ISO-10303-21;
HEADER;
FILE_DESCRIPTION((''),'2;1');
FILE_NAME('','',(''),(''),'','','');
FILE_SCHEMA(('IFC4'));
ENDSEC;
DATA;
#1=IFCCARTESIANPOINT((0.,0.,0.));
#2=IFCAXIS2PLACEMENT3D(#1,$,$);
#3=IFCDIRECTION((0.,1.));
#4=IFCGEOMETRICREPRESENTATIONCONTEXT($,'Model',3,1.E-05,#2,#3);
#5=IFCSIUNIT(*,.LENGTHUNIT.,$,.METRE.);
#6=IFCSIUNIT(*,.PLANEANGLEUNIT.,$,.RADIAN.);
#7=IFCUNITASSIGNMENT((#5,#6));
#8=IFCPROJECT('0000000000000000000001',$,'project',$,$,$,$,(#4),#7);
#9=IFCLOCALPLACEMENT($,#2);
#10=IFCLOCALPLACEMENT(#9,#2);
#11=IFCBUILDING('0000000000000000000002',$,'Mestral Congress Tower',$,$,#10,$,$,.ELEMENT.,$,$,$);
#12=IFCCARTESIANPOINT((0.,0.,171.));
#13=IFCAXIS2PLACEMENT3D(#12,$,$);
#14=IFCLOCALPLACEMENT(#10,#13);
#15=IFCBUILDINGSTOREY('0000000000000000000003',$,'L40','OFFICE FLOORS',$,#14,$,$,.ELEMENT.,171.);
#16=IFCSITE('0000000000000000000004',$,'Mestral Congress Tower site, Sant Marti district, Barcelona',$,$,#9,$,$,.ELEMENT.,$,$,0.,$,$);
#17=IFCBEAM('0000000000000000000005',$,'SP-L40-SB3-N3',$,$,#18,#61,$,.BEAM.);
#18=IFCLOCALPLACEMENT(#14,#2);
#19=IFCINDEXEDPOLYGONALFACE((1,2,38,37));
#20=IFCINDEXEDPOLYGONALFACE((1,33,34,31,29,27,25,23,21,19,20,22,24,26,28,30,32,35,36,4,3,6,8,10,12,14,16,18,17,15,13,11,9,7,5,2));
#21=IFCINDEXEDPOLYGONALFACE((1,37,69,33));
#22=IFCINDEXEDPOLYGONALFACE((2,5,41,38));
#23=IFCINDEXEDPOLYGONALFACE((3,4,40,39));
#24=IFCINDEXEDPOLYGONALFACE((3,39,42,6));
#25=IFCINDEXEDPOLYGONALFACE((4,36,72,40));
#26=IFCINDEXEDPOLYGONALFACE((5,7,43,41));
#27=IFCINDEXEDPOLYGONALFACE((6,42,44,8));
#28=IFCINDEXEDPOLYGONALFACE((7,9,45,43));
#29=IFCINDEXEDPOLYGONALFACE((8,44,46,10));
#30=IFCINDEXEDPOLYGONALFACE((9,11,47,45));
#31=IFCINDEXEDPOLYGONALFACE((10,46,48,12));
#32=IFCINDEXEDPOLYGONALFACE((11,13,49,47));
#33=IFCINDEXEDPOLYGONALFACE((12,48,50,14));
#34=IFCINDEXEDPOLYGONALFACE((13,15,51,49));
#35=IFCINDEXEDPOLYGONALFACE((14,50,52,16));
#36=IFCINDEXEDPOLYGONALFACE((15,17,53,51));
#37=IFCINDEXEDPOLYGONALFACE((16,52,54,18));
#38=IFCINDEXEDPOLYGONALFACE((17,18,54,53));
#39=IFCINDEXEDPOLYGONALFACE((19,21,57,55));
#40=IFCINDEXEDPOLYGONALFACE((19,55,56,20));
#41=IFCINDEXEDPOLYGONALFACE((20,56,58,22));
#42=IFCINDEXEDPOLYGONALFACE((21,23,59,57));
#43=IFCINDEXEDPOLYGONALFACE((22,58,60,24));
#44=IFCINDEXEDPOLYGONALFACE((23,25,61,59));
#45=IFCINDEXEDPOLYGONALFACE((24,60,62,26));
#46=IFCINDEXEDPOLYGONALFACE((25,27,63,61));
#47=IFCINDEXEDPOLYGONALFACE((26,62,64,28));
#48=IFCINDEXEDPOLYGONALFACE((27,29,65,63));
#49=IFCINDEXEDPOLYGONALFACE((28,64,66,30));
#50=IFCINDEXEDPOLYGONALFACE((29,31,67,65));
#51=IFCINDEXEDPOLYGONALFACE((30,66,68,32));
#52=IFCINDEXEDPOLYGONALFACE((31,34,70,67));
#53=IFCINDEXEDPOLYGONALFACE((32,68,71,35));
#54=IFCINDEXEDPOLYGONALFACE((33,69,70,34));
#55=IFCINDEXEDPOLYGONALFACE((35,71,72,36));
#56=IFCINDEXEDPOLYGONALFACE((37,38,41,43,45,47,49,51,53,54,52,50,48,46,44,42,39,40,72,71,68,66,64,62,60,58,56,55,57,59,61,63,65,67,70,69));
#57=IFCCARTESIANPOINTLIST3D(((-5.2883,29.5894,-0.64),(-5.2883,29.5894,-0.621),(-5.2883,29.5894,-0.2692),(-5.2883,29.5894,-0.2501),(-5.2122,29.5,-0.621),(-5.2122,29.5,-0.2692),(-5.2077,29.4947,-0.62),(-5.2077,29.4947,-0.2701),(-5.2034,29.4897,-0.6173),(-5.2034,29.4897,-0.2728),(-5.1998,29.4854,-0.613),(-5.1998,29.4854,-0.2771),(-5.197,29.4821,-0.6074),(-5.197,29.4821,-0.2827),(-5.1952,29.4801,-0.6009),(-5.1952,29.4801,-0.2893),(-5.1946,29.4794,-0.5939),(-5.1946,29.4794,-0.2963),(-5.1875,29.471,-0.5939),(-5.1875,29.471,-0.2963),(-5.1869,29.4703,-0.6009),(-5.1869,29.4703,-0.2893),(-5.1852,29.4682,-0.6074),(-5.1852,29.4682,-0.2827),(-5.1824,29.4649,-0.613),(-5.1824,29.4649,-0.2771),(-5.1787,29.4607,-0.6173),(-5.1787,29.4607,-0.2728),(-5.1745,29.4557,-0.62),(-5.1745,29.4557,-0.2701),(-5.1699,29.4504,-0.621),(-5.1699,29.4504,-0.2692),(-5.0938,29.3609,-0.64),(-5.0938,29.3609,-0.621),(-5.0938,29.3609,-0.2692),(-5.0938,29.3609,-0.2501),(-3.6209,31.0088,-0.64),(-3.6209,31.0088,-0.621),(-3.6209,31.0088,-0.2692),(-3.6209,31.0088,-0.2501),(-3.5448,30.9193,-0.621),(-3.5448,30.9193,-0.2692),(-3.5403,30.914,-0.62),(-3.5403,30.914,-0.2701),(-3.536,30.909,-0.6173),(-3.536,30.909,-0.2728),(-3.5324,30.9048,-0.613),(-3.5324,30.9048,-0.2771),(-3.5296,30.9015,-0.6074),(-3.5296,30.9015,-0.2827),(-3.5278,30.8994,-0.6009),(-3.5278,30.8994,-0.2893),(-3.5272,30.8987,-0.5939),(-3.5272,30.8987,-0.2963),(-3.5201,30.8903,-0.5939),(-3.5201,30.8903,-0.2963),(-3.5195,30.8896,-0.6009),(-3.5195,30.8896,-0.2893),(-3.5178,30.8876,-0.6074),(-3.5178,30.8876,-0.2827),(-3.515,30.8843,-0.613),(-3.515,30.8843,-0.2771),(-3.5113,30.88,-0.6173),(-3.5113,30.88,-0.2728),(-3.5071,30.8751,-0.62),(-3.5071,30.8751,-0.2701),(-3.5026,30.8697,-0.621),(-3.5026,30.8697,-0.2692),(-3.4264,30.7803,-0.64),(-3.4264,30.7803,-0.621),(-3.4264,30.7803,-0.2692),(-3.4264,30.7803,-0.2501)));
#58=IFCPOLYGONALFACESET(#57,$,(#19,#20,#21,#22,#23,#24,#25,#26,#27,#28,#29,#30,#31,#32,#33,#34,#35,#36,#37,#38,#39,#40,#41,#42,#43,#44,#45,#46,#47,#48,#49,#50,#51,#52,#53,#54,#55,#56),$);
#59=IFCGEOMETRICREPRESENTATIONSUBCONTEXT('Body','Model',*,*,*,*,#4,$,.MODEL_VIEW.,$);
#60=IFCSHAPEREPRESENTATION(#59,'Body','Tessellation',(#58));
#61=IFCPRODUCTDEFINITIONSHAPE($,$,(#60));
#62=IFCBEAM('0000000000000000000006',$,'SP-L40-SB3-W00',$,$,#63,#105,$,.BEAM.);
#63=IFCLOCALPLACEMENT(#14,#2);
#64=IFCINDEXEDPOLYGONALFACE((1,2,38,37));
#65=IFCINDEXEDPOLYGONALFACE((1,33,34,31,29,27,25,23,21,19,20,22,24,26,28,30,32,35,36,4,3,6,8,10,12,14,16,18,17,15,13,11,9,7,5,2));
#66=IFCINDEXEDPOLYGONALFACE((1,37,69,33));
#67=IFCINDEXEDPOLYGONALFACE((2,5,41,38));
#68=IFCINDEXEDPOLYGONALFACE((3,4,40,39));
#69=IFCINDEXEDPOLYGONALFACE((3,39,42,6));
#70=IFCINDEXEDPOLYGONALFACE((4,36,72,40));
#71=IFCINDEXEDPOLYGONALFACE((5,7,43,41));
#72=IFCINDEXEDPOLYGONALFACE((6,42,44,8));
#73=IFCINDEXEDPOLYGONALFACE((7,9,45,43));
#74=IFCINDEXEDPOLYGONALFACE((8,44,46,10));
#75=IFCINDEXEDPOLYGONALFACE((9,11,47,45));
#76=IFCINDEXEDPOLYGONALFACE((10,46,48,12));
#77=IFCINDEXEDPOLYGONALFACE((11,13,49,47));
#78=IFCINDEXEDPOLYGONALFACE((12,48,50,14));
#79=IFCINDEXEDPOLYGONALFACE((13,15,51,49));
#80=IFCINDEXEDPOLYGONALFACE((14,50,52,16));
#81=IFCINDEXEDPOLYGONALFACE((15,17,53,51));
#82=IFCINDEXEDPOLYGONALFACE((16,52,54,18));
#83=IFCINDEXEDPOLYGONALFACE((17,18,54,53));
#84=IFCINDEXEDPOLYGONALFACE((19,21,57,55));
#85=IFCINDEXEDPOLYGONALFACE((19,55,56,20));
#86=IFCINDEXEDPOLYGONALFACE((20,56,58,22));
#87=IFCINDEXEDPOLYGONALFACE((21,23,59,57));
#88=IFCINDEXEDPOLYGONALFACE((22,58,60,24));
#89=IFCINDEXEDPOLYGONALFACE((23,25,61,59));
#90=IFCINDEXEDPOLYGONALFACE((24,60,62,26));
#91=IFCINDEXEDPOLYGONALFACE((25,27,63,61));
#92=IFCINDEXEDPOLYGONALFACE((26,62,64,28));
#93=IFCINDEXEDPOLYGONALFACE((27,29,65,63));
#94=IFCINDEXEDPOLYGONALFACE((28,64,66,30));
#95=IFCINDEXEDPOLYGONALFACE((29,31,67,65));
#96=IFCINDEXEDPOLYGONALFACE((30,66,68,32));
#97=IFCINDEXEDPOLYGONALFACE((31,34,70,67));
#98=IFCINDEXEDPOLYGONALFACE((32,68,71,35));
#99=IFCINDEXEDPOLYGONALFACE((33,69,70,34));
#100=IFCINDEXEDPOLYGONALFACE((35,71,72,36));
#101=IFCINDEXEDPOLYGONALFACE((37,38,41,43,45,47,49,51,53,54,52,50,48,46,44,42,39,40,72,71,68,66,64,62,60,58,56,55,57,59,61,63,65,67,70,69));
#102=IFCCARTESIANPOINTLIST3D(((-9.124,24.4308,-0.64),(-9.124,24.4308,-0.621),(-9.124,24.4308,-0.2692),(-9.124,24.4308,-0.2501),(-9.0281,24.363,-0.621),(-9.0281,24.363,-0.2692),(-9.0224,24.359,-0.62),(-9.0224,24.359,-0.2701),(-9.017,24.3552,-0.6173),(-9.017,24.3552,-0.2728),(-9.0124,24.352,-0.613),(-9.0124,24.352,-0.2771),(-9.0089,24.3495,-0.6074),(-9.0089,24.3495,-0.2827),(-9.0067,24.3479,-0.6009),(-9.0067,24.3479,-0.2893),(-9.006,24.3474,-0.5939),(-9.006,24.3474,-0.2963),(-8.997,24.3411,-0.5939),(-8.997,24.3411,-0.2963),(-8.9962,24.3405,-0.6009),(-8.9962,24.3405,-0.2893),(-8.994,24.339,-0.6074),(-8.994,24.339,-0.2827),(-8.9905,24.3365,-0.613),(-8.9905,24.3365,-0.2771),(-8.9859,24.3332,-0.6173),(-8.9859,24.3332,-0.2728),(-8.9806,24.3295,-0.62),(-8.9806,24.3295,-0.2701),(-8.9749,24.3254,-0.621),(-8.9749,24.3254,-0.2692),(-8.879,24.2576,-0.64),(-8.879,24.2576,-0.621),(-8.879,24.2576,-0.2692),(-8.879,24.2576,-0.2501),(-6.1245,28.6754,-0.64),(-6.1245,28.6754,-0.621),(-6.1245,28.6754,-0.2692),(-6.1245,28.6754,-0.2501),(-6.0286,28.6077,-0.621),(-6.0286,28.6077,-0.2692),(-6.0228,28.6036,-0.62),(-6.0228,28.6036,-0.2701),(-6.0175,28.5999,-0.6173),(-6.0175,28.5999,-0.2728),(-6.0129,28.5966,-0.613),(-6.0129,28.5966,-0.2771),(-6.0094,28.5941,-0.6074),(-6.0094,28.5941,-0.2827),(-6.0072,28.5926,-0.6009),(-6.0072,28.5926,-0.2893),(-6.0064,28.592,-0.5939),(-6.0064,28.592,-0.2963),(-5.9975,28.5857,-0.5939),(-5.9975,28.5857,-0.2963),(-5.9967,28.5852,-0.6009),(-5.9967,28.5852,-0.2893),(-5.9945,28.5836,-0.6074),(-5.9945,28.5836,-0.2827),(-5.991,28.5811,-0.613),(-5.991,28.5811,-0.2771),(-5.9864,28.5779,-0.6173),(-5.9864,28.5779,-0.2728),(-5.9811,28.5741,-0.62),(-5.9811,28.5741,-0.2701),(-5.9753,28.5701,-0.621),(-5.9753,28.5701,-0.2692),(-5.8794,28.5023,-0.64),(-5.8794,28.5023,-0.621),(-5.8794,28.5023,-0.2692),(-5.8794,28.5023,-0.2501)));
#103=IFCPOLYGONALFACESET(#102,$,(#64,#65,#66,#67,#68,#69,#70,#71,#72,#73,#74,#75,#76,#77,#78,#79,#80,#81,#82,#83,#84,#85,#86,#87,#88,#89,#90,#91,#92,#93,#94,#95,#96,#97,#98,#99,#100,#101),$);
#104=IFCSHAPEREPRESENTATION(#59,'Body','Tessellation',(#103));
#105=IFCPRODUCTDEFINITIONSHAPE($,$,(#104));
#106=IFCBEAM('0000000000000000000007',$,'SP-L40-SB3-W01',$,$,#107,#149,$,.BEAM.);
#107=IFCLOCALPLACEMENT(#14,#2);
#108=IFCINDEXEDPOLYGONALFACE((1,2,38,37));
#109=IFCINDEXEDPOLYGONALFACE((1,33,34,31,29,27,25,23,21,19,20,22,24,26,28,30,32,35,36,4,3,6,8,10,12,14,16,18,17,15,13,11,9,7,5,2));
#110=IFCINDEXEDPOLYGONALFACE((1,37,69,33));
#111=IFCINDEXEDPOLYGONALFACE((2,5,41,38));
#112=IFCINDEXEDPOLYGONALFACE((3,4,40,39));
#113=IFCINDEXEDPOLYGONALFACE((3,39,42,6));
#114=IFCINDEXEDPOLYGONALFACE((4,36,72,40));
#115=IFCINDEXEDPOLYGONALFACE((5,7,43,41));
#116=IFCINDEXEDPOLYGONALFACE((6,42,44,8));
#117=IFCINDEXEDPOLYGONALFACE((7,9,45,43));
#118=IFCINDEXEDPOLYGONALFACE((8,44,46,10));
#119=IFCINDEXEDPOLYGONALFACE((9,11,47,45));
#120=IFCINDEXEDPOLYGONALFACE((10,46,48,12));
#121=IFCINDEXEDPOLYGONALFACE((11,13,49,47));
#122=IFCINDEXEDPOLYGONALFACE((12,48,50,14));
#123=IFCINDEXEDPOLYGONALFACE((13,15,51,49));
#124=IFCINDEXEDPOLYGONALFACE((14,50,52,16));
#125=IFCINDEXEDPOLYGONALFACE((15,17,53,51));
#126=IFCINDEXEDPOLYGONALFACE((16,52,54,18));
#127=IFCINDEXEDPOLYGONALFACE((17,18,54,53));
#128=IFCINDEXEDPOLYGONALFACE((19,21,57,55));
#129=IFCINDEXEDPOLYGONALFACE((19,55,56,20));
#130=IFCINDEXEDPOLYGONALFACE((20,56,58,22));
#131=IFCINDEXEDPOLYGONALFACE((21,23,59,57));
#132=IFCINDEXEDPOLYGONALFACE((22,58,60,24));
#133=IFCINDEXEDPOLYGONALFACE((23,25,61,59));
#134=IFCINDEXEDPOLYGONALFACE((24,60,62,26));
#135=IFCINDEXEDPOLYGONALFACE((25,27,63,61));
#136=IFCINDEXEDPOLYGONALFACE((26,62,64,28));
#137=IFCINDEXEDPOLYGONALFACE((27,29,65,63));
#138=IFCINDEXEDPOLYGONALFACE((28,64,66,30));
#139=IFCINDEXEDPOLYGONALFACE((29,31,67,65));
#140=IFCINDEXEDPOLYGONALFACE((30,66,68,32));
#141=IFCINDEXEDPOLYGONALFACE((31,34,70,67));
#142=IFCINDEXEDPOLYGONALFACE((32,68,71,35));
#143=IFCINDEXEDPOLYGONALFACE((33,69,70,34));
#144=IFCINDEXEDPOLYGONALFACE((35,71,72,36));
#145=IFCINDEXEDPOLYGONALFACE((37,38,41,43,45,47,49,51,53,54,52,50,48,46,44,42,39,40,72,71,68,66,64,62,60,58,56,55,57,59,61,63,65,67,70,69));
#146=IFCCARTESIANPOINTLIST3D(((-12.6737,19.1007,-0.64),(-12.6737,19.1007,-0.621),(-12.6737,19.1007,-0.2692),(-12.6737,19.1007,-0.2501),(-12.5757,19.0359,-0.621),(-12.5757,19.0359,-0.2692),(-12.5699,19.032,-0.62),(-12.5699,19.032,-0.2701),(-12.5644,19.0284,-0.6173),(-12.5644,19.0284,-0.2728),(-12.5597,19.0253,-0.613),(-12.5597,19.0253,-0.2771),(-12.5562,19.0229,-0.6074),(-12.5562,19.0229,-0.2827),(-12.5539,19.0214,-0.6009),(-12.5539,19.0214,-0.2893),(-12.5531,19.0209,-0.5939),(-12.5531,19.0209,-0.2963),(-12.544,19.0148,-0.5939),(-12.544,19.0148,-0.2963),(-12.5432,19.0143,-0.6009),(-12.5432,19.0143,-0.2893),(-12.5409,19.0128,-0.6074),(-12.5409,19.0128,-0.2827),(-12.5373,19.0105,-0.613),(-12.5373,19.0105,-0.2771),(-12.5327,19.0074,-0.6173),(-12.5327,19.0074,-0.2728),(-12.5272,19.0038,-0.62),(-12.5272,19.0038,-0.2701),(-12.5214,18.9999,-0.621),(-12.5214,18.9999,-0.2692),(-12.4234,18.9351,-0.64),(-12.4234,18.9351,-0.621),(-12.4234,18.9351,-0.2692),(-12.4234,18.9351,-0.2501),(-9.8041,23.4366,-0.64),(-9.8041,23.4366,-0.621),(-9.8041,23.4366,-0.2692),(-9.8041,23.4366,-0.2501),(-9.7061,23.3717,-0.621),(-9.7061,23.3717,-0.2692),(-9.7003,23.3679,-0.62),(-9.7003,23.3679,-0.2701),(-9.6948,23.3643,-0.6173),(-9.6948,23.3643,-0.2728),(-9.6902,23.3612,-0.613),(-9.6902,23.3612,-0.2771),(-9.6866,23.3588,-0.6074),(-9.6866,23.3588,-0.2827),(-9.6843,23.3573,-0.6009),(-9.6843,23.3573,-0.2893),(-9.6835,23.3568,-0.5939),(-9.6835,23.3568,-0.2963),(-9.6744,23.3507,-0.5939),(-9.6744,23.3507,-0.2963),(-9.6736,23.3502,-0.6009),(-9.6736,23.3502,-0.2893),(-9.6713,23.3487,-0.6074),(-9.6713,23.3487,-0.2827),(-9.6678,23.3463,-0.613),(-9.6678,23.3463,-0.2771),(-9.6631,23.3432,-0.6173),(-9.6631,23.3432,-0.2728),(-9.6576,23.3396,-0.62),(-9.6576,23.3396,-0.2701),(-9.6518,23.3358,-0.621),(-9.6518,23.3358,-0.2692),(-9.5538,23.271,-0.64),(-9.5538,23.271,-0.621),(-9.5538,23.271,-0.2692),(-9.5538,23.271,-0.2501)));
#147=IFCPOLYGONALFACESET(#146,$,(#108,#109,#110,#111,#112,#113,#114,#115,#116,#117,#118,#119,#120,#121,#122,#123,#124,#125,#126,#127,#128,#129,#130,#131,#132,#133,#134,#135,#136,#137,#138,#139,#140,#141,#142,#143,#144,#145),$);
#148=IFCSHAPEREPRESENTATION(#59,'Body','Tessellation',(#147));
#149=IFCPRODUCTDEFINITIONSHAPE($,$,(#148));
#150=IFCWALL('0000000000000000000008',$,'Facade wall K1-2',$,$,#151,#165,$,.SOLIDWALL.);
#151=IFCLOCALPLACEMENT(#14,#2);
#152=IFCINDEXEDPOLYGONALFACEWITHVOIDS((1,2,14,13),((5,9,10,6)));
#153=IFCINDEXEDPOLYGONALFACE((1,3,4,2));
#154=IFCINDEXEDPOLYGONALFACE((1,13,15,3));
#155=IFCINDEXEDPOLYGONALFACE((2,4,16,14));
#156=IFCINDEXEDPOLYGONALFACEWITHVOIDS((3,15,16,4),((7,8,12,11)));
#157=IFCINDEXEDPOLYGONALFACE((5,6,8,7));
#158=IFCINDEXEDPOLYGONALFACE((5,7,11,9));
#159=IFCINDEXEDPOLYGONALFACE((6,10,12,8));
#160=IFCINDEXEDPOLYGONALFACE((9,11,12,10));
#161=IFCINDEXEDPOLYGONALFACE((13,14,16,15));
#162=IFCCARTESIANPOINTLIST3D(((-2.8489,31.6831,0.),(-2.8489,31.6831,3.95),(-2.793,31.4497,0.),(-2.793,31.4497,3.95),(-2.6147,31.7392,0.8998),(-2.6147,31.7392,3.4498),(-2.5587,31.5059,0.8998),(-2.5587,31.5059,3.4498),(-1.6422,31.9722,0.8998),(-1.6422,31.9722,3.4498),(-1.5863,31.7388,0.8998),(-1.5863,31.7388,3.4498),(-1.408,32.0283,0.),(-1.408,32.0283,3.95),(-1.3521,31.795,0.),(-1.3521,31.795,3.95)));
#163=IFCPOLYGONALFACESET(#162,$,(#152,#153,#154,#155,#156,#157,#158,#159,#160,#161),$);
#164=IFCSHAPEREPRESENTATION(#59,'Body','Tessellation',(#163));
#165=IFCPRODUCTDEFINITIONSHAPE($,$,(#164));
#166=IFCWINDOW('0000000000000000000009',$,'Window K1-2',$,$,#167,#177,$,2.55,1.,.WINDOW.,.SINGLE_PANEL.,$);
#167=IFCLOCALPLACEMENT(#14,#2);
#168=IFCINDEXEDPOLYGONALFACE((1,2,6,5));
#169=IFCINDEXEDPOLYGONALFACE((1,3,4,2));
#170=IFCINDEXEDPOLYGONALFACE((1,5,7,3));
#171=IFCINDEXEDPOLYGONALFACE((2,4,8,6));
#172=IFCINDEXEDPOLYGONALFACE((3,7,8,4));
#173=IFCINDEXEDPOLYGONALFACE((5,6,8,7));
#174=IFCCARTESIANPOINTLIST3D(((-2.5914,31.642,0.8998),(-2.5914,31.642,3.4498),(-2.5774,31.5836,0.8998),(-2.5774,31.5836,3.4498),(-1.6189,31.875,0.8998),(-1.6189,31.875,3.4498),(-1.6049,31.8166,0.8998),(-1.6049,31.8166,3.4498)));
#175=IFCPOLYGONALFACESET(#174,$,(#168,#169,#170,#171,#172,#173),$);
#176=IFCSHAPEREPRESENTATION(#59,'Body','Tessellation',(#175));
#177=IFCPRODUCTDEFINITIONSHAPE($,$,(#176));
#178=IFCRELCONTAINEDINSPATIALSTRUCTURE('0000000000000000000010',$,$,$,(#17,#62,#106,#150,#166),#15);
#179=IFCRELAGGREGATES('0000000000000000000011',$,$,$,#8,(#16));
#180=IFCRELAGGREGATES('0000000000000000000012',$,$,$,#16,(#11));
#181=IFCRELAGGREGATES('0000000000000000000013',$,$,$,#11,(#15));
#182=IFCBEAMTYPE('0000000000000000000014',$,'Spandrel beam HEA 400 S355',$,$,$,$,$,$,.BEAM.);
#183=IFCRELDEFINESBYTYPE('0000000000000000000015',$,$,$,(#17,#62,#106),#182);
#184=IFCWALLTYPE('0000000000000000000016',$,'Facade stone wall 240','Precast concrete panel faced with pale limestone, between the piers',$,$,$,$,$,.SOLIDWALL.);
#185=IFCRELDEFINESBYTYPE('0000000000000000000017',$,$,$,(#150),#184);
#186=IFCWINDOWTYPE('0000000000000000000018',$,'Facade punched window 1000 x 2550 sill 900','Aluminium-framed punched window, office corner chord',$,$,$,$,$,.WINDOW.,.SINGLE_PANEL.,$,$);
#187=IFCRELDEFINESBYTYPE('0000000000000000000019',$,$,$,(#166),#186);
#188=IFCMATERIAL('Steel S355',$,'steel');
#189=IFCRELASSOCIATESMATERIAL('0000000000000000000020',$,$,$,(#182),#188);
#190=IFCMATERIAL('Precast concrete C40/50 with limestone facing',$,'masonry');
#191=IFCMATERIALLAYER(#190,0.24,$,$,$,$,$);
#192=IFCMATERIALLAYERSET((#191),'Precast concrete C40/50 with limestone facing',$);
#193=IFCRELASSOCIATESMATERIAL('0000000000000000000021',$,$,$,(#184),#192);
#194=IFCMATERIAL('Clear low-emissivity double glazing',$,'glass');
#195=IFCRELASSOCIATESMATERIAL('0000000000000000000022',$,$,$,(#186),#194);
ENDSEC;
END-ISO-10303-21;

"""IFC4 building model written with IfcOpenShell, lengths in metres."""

from ifc_helpers import new_model, si_unit, direction, frame, frame_2d, origin, origin_2d, place, context, subcontext, project, spatial, rectangle, i_section, extrude, material, layer, layer_set, material_profile, profile_set, type_object, element, fill, save


model = new_model("IFC4")

# Units and contexts
model_context = context("Model", 3, precision=1e-05, world=origin(), true_north=direction((0.0, 1.0)))
body_context = subcontext(model_context, "Body", "Model", "MODEL_VIEW")
ifc_project = project(units=[si_unit("LENGTHUNIT", "METRE"), si_unit("PLANEANGLEUNIT", "RADIAN")], contexts=[model_context])

# Site, building, storey
site_placement = place(None, origin())
site = spatial("IfcSite", under=ifc_project, at=site_placement, Name="Mestral Congress Tower site, Sant Marti district, Barcelona", CompositionType="ELEMENT", RefElevation=0.0)
building_placement = place(site_placement, origin())
building = spatial("IfcBuilding", under=site, at=building_placement, Name="Mestral Congress Tower", CompositionType="ELEMENT")
storey_placement = place(building_placement, frame((0.0, 0.0, 171.0)))
storey = spatial("IfcBuildingStorey", under=building, at=storey_placement, Name="L40", Description="OFFICE FLOORS", CompositionType="ELEMENT", Elevation=171.0)

# Beams
ifc_material_1 = material(Name="Steel S355", Category="steel")
ifc_material_profile_1 = material_profile(ifc_material_1, i_section(OverallWidth=0.3, OverallDepth=0.3899, WebThickness=0.011, FlangeThickness=0.019, FilletRadius=0.0271, at=origin_2d()), Name="HEA 400")
ifc_profile_set_1 = profile_set([ifc_material_profile_1], Name="Steel S355")
beam_type_1 = type_object("IfcBeamType", Name="Spandrel beam HEA 400 S355", PredefinedType="BEAM", material=ifc_profile_set_1)
beam_1_placement = place(storey_placement, frame((-3.5237, 30.8945, -0.4451), z_axis=(-0.761471, -0.648198, 0.0), x_axis=(0.648198, -0.761471, 0.0)))
element("IfcBeam", 1, at=beam_1_placement, inside=storey, type_object=beam_type_1, Name="SP-L40-SB3-N3", PredefinedType="BEAM", context=body_context, shape_type="SweptSolid", body=[
    extrude(i_section(OverallWidth=0.3, OverallDepth=0.3899, WebThickness=0.011, FlangeThickness=0.019, FilletRadius=0.0271, at=origin_2d()), origin(), (0.0, 0.0, 1.0), 2.1897),
])
beam_2_placement = place(storey_placement, frame((-6.002, 28.5889, -0.4451), z_axis=(-0.577107, -0.816668, 0.0), x_axis=(0.816668, -0.577107, 0.0)))
element("IfcBeam", 2, at=beam_2_placement, inside=storey, type_object=beam_type_1, Name="SP-L40-SB3-W00", PredefinedType="BEAM", context=body_context, shape_type="SweptSolid", body=[
    extrude(i_section(OverallWidth=0.3, OverallDepth=0.3899, WebThickness=0.011, FlangeThickness=0.019, FilletRadius=0.0271, at=origin_2d()), origin(), (0.0, 0.0, 1.0), 5.1975),
])
beam_3_placement = place(storey_placement, frame((-9.679, 23.3538, -0.4451), z_axis=(-0.551901, -0.833909, 0.0), x_axis=(0.833909, -0.551901, 0.0)))
element("IfcBeam", 3, at=beam_3_placement, inside=storey, type_object=beam_type_1, Name="SP-L40-SB3-W01", PredefinedType="BEAM", context=body_context, shape_type="SweptSolid", body=[
    extrude(i_section(OverallWidth=0.3, OverallDepth=0.3899, WebThickness=0.011, FlangeThickness=0.019, FilletRadius=0.0271, at=origin_2d()), origin(), (0.0, 0.0, 1.0), 5.1995),
])

# Wall, opening, window
ifc_material_2 = material(Name="Precast concrete C40/50 with limestone facing", Category="masonry")
ifc_layer_1 = layer(ifc_material_2, 0.24)
ifc_layer_set_1 = layer_set([ifc_layer_1], Name="Precast concrete C40/50 with limestone facing")
wall_type_1 = type_object("IfcWallType", Name="Facade stone wall 240", Description="Precast concrete panel faced with pale limestone, between the piers", PredefinedType="SOLIDWALL", material=ifc_layer_set_1)
wall_1_placement = place(storey_placement, frame((-1.3801, 31.9116, 0.0), z_axis=(0.0, 0.0, 1.0), x_axis=(-0.97248, -0.232987, 0.0)))
wall_1 = element("IfcWall", 4, at=wall_1_placement, inside=storey, type_object=wall_type_1, Name="Facade wall K1-2", PredefinedType="SOLIDWALL", context=body_context, shape_type="SweptSolid", body=[
    extrude(rectangle(XDim=1.4817, YDim=0.24, at=frame_2d((0.7407, 0.0))), origin(), (0.0, 0.0, 1.0), 3.95),
])
opening_1_placement = place(wall_1_placement, frame((0.2407, 0.0, 0.8999)))
opening_1 = element("IfcOpeningElement", 5, at=opening_1_placement, cuts=wall_1, PredefinedType="OPENING", context=body_context, shape_type="SweptSolid", body=[
    extrude(rectangle(XDim=1.0, YDim=2.55, at=frame_2d((0.5, 1.2749))), frame((0.0, 0.1299, 0.0), z_axis=(0.0, -1.0, 0.0), x_axis=(1.0, 0.0, 0.0)), (0.0, 0.0, 1.0), 0.26),
])
ifc_material_3 = material(Name="Clear low-emissivity double glazing", Category="glass")
window_type_1 = type_object("IfcWindowType", Name="Facade punched window 1000 x 2550 sill 900", Description="Aluminium-framed punched window, office corner chord", PartitioningType="SINGLE_PANEL", PredefinedType="WINDOW", material=ifc_material_3)
window_1_placement = place(opening_1_placement, origin())
window_1 = element("IfcWindow", 6, at=window_1_placement, inside=storey, type_object=window_type_1, Name="Window K1-2", OverallHeight=2.55, OverallWidth=1.0, PartitioningType="SINGLE_PANEL", PredefinedType="WINDOW", context=body_context, shape_type="SweptSolid", body=[
    extrude(rectangle(XDim=1.0, YDim=2.55, at=frame_2d((0.5, 1.2749))), frame((0.0, 0.04, 0.0), z_axis=(0.0, -1.0, 0.0), x_axis=(1.0, 0.0, 0.0)), (0.0, 0.0, 1.0), 0.0601),
])
fill(opening_1, window_1)

save(model, "model.ifc")
